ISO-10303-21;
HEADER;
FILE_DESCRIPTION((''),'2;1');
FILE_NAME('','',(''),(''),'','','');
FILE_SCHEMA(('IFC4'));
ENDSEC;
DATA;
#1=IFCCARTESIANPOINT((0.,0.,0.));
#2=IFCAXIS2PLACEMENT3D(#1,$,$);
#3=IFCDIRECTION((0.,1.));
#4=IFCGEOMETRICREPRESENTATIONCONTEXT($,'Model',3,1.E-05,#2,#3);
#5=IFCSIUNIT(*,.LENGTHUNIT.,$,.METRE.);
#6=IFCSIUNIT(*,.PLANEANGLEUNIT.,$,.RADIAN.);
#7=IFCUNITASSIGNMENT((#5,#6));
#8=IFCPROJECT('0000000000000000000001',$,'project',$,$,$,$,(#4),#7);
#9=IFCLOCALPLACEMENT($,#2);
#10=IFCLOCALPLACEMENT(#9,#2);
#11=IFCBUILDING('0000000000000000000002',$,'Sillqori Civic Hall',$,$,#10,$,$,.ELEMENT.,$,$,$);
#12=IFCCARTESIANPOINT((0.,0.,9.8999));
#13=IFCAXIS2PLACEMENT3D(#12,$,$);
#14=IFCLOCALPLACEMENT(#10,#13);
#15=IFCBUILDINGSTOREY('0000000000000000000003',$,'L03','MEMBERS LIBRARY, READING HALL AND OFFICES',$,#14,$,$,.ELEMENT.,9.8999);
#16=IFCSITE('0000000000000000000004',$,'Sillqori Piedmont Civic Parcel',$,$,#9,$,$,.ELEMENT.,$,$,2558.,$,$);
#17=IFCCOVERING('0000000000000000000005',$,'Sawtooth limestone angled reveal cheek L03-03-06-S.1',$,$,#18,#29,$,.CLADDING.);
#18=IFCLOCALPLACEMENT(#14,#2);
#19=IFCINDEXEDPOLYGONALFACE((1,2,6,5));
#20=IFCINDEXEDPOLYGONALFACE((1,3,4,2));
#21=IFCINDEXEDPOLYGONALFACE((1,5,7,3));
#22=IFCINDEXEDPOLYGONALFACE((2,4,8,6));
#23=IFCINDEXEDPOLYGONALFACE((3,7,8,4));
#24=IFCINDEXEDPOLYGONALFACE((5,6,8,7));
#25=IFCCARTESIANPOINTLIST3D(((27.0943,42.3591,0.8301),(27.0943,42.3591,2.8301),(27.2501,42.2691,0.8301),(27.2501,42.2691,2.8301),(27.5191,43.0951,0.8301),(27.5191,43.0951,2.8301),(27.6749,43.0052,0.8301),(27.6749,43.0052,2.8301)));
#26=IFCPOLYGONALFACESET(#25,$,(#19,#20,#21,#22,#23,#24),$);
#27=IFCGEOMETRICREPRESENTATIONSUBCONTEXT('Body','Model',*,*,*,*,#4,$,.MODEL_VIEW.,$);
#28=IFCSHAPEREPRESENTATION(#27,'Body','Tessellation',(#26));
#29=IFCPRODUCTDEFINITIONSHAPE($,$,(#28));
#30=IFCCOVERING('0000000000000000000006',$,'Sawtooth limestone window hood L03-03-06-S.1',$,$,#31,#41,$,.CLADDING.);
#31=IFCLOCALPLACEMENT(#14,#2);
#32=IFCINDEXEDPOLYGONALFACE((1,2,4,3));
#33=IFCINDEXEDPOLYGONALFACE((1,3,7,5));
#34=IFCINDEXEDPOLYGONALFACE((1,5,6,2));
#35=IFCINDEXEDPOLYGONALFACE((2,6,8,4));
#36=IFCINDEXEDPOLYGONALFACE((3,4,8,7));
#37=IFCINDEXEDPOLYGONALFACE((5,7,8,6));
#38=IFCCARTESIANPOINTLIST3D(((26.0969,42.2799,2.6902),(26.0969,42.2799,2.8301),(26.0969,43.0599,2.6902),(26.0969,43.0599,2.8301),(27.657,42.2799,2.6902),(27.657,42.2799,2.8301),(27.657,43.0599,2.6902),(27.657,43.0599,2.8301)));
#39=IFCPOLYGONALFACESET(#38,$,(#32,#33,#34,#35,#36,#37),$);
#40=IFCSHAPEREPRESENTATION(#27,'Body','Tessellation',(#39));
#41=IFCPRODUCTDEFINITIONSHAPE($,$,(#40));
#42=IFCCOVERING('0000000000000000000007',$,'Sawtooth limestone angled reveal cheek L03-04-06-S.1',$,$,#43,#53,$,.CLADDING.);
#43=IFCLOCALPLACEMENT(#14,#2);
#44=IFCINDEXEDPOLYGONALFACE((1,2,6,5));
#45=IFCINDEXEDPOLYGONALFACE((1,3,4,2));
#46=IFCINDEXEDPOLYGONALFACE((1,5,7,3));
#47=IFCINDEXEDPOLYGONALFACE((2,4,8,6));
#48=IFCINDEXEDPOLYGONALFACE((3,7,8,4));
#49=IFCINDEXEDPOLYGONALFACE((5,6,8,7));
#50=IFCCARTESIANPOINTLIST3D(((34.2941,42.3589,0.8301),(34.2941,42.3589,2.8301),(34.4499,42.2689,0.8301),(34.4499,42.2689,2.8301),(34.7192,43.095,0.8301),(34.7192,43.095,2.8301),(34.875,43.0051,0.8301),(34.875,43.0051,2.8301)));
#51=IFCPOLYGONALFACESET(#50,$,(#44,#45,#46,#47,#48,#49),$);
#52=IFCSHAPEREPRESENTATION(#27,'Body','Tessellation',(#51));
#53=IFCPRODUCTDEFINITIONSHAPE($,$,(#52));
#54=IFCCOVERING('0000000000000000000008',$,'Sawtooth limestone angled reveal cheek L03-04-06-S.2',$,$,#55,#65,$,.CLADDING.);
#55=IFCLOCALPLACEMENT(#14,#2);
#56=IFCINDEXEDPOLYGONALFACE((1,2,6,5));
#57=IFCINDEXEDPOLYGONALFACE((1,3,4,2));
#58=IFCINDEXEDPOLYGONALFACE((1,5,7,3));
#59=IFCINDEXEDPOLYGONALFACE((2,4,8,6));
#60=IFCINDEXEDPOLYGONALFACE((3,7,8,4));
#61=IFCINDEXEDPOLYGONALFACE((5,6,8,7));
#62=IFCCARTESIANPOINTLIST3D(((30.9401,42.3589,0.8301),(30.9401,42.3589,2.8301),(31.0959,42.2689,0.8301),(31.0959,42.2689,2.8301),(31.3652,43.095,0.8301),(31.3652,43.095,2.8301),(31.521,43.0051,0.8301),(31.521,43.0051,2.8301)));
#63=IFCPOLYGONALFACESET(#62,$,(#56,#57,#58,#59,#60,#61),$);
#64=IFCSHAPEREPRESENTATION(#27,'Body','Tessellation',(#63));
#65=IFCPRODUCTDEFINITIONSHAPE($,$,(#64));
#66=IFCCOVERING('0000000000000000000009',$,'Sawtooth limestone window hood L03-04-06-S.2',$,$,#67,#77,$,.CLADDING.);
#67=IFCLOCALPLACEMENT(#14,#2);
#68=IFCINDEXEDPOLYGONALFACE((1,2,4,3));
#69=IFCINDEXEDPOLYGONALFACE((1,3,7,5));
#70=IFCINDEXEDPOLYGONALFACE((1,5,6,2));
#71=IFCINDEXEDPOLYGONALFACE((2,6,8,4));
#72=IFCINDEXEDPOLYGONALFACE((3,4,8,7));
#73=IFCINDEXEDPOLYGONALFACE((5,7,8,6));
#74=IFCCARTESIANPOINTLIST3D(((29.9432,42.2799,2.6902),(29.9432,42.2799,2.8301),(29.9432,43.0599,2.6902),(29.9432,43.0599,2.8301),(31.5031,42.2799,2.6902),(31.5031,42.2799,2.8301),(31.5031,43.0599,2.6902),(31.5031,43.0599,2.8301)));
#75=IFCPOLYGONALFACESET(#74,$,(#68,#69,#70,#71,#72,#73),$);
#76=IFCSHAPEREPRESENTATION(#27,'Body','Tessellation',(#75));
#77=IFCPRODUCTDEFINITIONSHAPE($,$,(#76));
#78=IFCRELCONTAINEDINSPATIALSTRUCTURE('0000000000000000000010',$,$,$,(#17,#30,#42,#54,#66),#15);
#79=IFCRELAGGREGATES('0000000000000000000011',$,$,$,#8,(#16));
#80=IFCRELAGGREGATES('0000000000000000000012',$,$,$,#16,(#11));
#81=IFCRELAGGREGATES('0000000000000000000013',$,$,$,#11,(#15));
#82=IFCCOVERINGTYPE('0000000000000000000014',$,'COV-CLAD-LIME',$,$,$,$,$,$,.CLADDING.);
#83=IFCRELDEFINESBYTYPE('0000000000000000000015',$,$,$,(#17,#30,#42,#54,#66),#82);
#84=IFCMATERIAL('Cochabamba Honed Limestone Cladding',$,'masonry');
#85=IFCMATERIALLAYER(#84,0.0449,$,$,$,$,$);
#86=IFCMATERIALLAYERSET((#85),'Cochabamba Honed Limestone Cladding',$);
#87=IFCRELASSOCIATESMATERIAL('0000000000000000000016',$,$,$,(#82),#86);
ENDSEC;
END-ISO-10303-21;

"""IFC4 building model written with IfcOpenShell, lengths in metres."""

from ifc_helpers import new_model, si_unit, direction, frame, frame_2d, origin, place, context, subcontext, project, spatial, rectangle, extrude, material, layer, layer_set, type_object, element, save


model = new_model("IFC4")

# Units and contexts
model_context = context("Model", 3, precision=1e-05, world=origin(), true_north=direction((0.0, 1.0)))
body_context = subcontext(model_context, "Body", "Model", "MODEL_VIEW")
ifc_project = project(units=[si_unit("LENGTHUNIT", "METRE"), si_unit("PLANEANGLEUNIT", "RADIAN")], contexts=[model_context])

# Site, building, storey
site_placement = place(None, origin())
site = spatial("IfcSite", under=ifc_project, at=site_placement, Name="Sillqori Piedmont Civic Parcel", CompositionType="ELEMENT", RefElevation=2558.0)
building_placement = place(site_placement, origin())
building = spatial("IfcBuilding", under=site, at=building_placement, Name="Sillqori Civic Hall", CompositionType="ELEMENT")
storey_placement = place(building_placement, frame((0.0, 0.0, 9.8999)))
storey = spatial("IfcBuildingStorey", under=building, at=storey_placement, Name="L03", Description="MEMBERS LIBRARY, READING HALL AND OFFICES", CompositionType="ELEMENT", Elevation=9.8999)

# Coverings
ifc_material_1 = material(Name="Cochabamba Honed Limestone Cladding", Category="masonry")
ifc_layer_1 = layer(ifc_material_1, 0.0449)
ifc_layer_set_1 = layer_set([ifc_layer_1], Name="Cochabamba Honed Limestone Cladding")
covering_type = type_object("IfcCoveringType", Name="COV-CLAD-LIME", PredefinedType="CLADDING", material=ifc_layer_set_1)
covering_1_placement = place(storey_placement, frame((27.5969, 43.05, 0.8301), z_axis=(0.0, 0.0, 1.0), x_axis=(-0.499847, -0.866114, 0.0)))
element("IfcCovering", 1, at=covering_1_placement, inside=storey, type_object=covering_type, Name="Sawtooth limestone angled reveal cheek L03-03-06-S.1", PredefinedType="CLADDING", context=body_context, shape_type="SweptSolid", body=[
    extrude(rectangle(XDim=0.8499, YDim=0.1799, at=frame_2d((0.4248, 0.0))), origin(), (0.0, 0.0, 1.0), 2.0),
])
covering_2_placement = place(storey_placement, frame((27.657, 42.6699, 2.6902), z_axis=(0.0, 0.0, 1.0), x_axis=(-1.0, 0.0, 0.0)))
element("IfcCovering", 2, at=covering_2_placement, inside=storey, type_object=covering_type, Name="Sawtooth limestone window hood L03-03-06-S.1", PredefinedType="CLADDING", context=body_context, shape_type="SweptSolid", body=[
    extrude(rectangle(XDim=1.5601, YDim=0.78, at=frame_2d((0.78, 0.0))), origin(), (0.0, 0.0, 1.0), 0.1399),
])
for number, where, z_axis, x_axis, name in (
    (3, (34.7971, 43.05, 0.8301), (0.0, 0.0, 1.0), (-0.500062, -0.865989, 0.0), "Sawtooth limestone angled reveal cheek L03-04-06-S.1"),
    (4, (31.4431, 43.05, 0.8301), (0.0, 0.0, 1.0), (-0.500062, -0.865989, 0.0), "Sawtooth limestone angled reveal cheek L03-04-06-S.2"),
):
    element("IfcCovering", number, at=place(storey_placement, frame(where, z_axis=z_axis, x_axis=x_axis)), inside=storey, type_object=covering_type, Name=name, PredefinedType="CLADDING", context=body_context, shape_type="SweptSolid", body=[
        extrude(rectangle(XDim=0.8501, YDim=0.1799, at=frame_2d((0.425, 0.0))), origin(), (0.0, 0.0, 1.0), 2.0),
    ])
covering_3_placement = place(storey_placement, frame((31.5029, 42.6699, 2.6902), z_axis=(0.0, 0.0, 1.0), x_axis=(-1.0, 0.0, 0.0)))
element("IfcCovering", 5, at=covering_3_placement, inside=storey, type_object=covering_type, Name="Sawtooth limestone window hood L03-04-06-S.2", PredefinedType="CLADDING", context=body_context, shape_type="SweptSolid", body=[
    extrude(rectangle(XDim=1.5598, YDim=0.78, at=frame_2d((0.7798, 0.0))), origin(), (0.0, 0.0, 1.0), 0.1399),
])

save(model, "model.ifc")
